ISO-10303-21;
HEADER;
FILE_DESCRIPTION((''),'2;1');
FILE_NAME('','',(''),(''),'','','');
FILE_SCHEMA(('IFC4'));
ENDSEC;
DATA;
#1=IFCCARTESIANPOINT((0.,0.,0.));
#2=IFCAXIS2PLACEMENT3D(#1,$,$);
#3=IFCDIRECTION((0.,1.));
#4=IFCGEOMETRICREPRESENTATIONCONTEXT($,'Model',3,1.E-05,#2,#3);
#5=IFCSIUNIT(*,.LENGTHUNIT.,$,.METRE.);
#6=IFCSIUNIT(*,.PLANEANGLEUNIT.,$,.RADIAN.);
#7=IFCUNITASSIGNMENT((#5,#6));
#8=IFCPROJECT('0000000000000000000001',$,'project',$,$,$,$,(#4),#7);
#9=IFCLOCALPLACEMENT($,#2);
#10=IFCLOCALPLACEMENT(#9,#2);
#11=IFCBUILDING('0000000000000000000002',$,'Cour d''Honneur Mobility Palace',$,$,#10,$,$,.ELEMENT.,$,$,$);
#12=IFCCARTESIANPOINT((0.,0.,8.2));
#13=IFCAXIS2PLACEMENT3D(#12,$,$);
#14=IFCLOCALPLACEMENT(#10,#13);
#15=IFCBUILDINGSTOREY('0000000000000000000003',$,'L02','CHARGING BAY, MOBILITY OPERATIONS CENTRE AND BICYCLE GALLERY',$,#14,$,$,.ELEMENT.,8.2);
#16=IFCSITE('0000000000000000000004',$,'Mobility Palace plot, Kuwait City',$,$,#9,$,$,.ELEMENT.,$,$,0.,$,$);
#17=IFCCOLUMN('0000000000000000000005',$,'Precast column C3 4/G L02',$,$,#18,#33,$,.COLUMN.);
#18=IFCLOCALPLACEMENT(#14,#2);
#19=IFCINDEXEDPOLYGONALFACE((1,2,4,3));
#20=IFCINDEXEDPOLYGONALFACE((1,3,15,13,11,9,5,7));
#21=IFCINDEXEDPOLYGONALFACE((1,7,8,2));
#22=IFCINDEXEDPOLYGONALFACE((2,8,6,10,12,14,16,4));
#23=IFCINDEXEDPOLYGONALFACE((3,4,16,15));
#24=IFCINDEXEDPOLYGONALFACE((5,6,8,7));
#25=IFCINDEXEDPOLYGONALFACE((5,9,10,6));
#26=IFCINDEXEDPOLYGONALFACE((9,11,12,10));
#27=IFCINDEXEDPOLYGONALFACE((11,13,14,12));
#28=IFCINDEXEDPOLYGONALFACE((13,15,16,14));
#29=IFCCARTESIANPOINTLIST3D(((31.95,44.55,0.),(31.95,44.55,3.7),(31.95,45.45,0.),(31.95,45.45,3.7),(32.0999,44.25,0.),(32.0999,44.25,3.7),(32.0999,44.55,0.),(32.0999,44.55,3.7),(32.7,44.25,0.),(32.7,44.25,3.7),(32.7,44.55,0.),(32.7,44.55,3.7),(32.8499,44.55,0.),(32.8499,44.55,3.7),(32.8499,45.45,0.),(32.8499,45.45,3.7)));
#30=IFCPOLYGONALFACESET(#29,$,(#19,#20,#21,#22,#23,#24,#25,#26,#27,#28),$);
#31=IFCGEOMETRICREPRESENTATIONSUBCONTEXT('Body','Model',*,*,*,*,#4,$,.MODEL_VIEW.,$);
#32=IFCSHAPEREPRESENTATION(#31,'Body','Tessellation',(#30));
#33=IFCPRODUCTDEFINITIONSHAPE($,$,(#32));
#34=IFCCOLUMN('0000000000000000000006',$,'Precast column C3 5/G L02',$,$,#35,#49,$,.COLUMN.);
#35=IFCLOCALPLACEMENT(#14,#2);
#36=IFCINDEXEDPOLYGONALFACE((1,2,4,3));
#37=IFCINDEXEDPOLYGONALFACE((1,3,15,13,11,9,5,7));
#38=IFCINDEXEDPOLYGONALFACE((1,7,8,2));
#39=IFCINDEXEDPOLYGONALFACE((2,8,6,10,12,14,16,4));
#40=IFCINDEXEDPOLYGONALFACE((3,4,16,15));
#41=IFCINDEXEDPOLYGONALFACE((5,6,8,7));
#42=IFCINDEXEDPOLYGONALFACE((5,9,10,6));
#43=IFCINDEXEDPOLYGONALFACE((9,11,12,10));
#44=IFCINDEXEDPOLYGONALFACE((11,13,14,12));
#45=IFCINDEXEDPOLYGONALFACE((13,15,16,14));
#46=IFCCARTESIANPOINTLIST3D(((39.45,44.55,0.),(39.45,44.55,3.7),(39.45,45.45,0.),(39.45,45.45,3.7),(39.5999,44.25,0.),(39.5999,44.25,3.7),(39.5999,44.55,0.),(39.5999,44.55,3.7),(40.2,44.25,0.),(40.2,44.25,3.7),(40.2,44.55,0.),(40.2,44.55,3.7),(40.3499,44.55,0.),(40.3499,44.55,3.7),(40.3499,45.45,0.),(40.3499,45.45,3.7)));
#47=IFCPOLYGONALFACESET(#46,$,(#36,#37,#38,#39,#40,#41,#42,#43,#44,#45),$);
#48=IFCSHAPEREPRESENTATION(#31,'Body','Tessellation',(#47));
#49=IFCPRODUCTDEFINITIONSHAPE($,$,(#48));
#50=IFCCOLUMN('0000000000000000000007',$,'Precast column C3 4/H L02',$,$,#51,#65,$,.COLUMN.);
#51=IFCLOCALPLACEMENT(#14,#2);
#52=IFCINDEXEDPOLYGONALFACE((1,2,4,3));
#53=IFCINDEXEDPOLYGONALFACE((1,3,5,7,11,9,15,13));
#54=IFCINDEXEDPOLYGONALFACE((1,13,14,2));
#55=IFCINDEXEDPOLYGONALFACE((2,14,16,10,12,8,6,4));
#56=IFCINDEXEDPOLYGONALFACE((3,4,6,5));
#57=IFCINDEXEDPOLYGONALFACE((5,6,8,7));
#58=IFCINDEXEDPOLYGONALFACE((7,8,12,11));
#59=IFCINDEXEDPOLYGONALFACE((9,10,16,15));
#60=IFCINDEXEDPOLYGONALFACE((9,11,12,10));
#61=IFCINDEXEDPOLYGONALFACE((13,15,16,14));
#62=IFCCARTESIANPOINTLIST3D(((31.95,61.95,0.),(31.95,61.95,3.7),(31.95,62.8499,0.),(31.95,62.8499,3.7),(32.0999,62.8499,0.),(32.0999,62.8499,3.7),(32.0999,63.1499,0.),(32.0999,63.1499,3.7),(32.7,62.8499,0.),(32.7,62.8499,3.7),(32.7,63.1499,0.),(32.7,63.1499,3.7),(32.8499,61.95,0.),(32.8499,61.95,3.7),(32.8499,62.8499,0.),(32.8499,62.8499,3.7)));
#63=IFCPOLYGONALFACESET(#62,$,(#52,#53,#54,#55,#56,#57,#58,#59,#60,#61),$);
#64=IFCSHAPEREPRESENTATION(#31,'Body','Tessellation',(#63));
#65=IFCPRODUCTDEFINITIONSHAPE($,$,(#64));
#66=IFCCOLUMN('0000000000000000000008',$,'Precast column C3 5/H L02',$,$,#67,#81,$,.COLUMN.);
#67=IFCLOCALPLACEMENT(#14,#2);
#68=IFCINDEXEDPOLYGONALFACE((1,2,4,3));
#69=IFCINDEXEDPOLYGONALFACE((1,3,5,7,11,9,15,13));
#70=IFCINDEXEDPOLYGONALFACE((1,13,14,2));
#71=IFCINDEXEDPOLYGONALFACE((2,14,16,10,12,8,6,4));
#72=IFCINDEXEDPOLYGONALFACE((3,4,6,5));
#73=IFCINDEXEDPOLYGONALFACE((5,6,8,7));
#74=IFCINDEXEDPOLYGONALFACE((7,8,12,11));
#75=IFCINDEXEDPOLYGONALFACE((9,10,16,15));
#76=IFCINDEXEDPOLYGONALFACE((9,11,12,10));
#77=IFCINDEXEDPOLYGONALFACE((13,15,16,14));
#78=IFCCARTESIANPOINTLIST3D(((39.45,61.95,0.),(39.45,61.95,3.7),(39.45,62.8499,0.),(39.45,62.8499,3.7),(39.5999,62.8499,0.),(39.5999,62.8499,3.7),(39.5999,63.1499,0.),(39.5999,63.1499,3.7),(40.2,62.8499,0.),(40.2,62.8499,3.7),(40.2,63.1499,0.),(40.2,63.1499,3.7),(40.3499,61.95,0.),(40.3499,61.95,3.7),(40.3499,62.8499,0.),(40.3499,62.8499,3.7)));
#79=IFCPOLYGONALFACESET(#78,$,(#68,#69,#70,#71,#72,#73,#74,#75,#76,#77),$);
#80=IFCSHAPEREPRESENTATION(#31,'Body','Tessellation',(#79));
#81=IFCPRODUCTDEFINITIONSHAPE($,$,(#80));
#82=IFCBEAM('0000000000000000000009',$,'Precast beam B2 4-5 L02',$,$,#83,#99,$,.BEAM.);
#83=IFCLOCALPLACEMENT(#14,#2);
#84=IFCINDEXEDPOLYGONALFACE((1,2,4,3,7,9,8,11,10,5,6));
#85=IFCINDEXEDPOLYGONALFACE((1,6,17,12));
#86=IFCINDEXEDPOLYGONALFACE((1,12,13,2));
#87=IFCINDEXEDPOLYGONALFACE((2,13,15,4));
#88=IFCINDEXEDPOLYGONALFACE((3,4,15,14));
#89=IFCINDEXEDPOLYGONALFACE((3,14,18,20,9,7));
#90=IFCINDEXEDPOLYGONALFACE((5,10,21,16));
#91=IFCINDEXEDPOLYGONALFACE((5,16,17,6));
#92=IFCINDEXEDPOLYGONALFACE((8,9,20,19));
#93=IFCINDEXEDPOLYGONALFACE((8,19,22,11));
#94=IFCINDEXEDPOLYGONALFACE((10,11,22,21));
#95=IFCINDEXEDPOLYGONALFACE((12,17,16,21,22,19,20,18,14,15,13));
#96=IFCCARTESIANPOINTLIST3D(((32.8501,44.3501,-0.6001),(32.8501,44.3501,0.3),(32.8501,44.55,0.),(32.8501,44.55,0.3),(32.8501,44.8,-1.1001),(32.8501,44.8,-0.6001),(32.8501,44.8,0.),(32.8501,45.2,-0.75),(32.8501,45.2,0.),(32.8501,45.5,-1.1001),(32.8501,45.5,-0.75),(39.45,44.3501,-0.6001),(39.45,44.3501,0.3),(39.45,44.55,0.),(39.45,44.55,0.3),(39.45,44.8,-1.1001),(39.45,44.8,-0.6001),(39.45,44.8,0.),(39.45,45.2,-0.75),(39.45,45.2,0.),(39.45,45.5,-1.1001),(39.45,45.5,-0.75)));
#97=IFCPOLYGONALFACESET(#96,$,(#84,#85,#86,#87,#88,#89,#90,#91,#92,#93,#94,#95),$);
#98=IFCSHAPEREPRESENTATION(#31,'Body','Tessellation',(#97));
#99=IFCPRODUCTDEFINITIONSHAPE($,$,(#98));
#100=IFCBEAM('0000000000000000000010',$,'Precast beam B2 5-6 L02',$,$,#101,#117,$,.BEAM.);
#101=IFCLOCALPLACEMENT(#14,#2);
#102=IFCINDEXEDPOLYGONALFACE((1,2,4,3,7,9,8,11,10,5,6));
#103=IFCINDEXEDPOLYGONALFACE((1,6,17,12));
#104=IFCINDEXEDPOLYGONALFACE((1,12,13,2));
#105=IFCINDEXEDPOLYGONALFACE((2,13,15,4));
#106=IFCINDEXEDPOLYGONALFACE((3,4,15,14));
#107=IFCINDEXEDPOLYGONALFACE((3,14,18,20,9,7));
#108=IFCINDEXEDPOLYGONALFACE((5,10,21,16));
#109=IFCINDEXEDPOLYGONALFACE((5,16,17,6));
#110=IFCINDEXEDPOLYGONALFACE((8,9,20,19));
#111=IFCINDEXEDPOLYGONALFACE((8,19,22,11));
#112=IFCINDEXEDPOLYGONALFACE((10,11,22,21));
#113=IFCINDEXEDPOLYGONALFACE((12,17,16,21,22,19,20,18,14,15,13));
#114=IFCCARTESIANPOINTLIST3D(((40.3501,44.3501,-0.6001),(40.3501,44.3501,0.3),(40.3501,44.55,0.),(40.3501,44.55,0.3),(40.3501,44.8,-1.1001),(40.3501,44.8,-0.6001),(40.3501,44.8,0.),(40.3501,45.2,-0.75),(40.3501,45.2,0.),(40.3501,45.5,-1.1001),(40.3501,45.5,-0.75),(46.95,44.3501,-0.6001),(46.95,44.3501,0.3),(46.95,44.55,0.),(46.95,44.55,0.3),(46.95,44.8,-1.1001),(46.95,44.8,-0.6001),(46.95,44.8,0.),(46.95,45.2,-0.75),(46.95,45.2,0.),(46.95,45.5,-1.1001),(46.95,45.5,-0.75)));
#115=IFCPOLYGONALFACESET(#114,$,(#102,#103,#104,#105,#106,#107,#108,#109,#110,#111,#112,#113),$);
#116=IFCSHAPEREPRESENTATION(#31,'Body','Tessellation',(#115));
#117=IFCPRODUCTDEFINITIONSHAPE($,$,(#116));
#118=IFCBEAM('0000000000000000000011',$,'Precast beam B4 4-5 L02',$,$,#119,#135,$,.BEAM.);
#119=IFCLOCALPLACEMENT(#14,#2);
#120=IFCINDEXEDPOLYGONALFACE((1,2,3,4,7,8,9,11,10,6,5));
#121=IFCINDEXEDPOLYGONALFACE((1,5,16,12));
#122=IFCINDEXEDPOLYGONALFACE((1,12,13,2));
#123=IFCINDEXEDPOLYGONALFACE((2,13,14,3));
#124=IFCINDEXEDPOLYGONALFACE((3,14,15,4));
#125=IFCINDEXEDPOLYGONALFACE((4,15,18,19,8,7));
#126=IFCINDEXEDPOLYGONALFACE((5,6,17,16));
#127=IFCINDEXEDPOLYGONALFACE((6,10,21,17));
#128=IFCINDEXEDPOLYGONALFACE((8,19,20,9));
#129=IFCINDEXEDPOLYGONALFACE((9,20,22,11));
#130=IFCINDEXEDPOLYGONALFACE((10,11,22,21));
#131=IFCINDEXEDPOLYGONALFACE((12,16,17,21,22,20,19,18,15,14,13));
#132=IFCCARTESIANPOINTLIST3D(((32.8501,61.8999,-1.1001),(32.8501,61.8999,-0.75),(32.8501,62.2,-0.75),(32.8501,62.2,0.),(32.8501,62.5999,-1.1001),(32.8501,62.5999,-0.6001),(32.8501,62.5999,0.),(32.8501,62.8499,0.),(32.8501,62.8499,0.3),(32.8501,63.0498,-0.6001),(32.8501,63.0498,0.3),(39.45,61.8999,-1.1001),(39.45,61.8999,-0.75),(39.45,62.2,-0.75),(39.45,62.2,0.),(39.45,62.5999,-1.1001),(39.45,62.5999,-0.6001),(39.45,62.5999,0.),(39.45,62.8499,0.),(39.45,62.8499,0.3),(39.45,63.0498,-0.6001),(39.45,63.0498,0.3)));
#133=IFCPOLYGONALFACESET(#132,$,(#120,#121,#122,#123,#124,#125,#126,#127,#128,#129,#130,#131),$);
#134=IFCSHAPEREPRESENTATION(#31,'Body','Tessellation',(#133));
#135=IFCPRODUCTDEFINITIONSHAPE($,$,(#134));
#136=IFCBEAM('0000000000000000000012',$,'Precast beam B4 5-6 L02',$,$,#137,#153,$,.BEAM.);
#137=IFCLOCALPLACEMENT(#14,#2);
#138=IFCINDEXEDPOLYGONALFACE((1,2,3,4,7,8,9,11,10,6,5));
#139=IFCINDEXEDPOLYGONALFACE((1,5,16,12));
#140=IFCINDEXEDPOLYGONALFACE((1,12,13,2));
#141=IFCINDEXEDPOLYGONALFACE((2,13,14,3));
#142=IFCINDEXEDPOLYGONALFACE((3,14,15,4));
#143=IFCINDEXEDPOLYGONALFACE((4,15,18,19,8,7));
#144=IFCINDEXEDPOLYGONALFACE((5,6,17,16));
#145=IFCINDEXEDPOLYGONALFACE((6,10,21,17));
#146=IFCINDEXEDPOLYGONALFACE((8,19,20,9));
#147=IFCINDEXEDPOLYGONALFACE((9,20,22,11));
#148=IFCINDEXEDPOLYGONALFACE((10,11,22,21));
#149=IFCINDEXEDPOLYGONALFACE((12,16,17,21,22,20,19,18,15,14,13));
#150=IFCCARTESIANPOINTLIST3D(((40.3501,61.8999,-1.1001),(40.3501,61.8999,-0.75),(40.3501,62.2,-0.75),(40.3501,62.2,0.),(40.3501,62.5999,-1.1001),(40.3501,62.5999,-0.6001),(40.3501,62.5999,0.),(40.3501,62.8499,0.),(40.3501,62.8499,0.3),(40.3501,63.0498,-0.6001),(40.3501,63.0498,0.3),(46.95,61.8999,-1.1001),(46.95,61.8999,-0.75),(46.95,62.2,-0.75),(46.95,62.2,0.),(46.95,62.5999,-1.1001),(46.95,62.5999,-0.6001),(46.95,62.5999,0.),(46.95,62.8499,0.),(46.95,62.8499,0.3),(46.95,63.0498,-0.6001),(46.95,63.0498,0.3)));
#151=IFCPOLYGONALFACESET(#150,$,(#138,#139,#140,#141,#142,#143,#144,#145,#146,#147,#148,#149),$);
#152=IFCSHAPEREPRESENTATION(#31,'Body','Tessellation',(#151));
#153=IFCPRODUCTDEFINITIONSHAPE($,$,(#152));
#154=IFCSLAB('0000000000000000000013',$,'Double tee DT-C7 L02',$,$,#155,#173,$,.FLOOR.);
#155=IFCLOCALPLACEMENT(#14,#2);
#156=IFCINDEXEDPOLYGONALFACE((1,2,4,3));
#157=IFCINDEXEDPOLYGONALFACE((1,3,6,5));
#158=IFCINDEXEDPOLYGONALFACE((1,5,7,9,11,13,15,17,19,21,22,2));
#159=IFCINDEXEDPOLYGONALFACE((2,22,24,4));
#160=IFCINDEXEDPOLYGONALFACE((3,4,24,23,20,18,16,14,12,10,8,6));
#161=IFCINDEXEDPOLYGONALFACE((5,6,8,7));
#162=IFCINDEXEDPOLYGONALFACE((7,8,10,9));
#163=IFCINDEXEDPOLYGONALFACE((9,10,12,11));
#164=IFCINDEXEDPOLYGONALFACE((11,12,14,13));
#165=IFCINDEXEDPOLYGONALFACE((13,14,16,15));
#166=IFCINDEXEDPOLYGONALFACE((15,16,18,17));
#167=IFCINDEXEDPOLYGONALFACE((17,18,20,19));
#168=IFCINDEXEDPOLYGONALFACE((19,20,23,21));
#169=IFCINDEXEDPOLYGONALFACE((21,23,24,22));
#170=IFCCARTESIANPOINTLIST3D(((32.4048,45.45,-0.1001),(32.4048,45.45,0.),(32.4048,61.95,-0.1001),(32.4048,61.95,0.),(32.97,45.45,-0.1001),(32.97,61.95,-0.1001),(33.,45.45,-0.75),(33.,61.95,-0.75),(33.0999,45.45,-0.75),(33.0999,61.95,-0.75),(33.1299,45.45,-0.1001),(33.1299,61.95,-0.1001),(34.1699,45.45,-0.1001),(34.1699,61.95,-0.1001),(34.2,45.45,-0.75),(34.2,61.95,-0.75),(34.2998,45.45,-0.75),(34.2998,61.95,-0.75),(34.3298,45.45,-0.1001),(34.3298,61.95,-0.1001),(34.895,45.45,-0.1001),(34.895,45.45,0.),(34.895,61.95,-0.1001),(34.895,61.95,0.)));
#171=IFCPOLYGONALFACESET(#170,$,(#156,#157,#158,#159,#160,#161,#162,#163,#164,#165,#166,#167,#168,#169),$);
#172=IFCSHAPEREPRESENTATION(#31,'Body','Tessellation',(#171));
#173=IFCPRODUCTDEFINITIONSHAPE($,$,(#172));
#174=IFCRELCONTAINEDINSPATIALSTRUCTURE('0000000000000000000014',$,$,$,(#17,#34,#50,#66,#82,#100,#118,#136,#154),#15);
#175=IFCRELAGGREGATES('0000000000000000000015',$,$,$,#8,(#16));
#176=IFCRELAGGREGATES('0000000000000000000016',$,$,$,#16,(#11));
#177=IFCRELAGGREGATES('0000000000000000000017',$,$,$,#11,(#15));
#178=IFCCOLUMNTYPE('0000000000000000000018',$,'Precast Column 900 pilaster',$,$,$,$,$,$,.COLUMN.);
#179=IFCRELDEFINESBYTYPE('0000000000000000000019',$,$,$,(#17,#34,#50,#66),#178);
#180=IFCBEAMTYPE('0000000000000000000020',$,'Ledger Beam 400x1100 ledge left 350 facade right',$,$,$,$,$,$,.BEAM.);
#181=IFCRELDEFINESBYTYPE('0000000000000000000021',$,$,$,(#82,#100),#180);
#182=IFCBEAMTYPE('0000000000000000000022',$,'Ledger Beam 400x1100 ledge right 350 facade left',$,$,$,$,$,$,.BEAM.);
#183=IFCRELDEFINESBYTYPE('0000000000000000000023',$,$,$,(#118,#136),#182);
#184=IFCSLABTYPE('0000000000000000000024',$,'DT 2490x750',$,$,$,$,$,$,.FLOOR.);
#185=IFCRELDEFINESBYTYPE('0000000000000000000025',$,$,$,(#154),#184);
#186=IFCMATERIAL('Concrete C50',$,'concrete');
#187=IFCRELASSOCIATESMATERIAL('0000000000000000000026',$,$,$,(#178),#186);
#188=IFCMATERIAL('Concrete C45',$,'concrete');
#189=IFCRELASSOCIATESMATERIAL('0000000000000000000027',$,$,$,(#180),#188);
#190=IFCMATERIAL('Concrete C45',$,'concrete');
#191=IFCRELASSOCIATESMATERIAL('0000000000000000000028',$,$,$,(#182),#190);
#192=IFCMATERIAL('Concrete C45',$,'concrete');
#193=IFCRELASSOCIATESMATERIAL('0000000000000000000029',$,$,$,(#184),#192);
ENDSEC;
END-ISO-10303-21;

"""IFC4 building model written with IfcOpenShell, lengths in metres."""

from ifc_helpers import new_model, si_unit, direction, frame, origin, place, context, subcontext, project, spatial, polyline, outline, extrude, material, material_profile, profile_set, type_object, element, save


model = new_model("IFC4")

# Units and contexts
model_context = context("Model", 3, precision=1e-05, world=origin(), true_north=direction((0.0, 1.0)))
body_context = subcontext(model_context, "Body", "Model", "MODEL_VIEW")
ifc_project = project(units=[si_unit("LENGTHUNIT", "METRE"), si_unit("PLANEANGLEUNIT", "RADIAN")], contexts=[model_context])

# Site, building, storey
site_placement = place(None, origin())
site = spatial("IfcSite", under=ifc_project, at=site_placement, Name="Mobility Palace plot, Kuwait City", CompositionType="ELEMENT", RefElevation=0.0)
building_placement = place(site_placement, origin())
building = spatial("IfcBuilding", under=site, at=building_placement, Name="Cour d'Honneur Mobility Palace", CompositionType="ELEMENT")
storey_placement = place(building_placement, frame((0.0, 0.0, 8.2)))
storey = spatial("IfcBuildingStorey", under=building, at=storey_placement, Name="L02", Description="CHARGING BAY, MOBILITY OPERATIONS CENTRE AND BICYCLE GALLERY", CompositionType="ELEMENT", Elevation=8.2)

# Columns
ifc_material_1 = material(Name="Concrete C50", Category="concrete")
ifc_material_profile_1 = material_profile(ifc_material_1, outline(polyline([(-0.45, -0.45), (0.45, -0.45), (0.45, -0.3), (0.75, -0.3), (0.75, 0.3), (0.45, 0.3), (0.45, 0.45), (-0.45, 0.45), (-0.45, -0.45)])), Name="PC C900 pilaster")
ifc_profile_set_1 = profile_set([ifc_material_profile_1], Name="Concrete C50")
column_type = type_object("IfcColumnType", Name="Precast Column 900 pilaster", PredefinedType="COLUMN", material=ifc_profile_set_1)
for number, where, z_axis, x_axis, name in (
    (1, (32.3999, 45.0, 0.0), (0.0, 0.0, 1.0), (0.0, -1.0, 0.0), "Precast column C3 4/G L02"),
    (2, (39.8999, 45.0, 0.0), (0.0, 0.0, 1.0), (0.0, -1.0, 0.0), "Precast column C3 5/G L02"),
    (3, (32.3999, 62.3999, 0.0), (0.0, 0.0, 1.0), (0.0, 1.0, 0.0), "Precast column C3 4/H L02"),
    (4, (39.8999, 62.3999, 0.0), (0.0, 0.0, 1.0), (0.0, 1.0, 0.0), "Precast column C3 5/H L02"),
):
    element("IfcColumn", number, at=place(storey_placement, frame(where, z_axis=z_axis, x_axis=x_axis)), inside=storey, type_object=column_type, Name=name, PredefinedType="COLUMN", context=body_context, shape_type="SweptSolid", body=[
        extrude(outline(polyline([(-0.45, -0.45), (0.45, -0.45), (0.45, -0.3), (0.75, -0.3), (0.75, 0.3), (0.45, 0.3), (0.45, 0.45), (-0.45, 0.45), (-0.45, -0.45)])), origin(), (0.0, 0.0, 1.0), 3.7),
    ])

# Beams
ifc_material_2 = material(Name="Concrete C45", Category="concrete")
ifc_material_profile_2 = material_profile(ifc_material_2, outline(polyline([(0.5, -1.1001), (0.5, -0.75), (0.2, -0.75), (0.2, 0.0), (-0.2, 0.0), (-0.45, 0.0), (-0.45, 0.3), (-0.6499, 0.3), (-0.6499, -0.6001), (-0.2, -0.6001), (-0.2, -1.1001), (0.5, -1.1001)])), Name="Ledger Beam 400x1100 ledge left 350 facade right")
ifc_profile_set_2 = profile_set([ifc_material_profile_2], Name="Concrete C45")
beam_type_1 = type_object("IfcBeamType", Name="Ledger Beam 400x1100 ledge left 350 facade right", PredefinedType="BEAM", material=ifc_profile_set_2)
for number, where, z_axis, x_axis, name in (
    (5, (32.8501, 45.0, 0.0), (1.0, 0.0, 0.0), (0.0, 1.0, 0.0), "Precast beam B2 4-5 L02"),
    (6, (40.3501, 45.0, 0.0), (1.0, 0.0, 0.0), (0.0, 1.0, 0.0), "Precast beam B2 5-6 L02"),
):
    element("IfcBeam", number, at=place(storey_placement, frame(where, z_axis=z_axis, x_axis=x_axis)), inside=storey, type_object=beam_type_1, Name=name, PredefinedType="BEAM", context=body_context, shape_type="SweptSolid", body=[
        extrude(outline(polyline([(0.5, -1.1001), (0.5, -0.75), (0.2, -0.75), (0.2, 0.0), (-0.2, 0.0), (-0.45, 0.0), (-0.45, 0.3), (-0.6499, 0.3), (-0.6499, -0.6001), (-0.2, -0.6001), (-0.2, -1.1001), (0.5, -1.1001)])), origin(), (0.0, 0.0, 1.0), 6.5999),
    ])
ifc_material_3 = material(Name="Concrete C45", Category="concrete")
ifc_material_profile_3 = material_profile(ifc_material_3, outline(polyline([(0.2, -1.1001), (0.2, -0.6001), (0.6499, -0.6001), (0.6499, 0.3), (0.45, 0.3), (0.45, 0.0), (0.2, 0.0), (-0.2, 0.0), (-0.2, -0.75), (-0.5, -0.75), (-0.5, -1.1001), (0.2, -1.1001)])), Name="Ledger Beam 400x1100 ledge right 350 facade left")
ifc_profile_set_3 = profile_set([ifc_material_profile_3], Name="Concrete C45")
beam_type_2 = type_object("IfcBeamType", Name="Ledger Beam 400x1100 ledge right 350 facade left", PredefinedType="BEAM", material=ifc_profile_set_3)
for number, where, z_axis, x_axis, name in (
    (7, (32.8501, 62.3999, 0.0), (1.0, 0.0, 0.0), (0.0, 1.0, 0.0), "Precast beam B4 4-5 L02"),
    (8, (40.3501, 62.3999, 0.0), (1.0, 0.0, 0.0), (0.0, 1.0, 0.0), "Precast beam B4 5-6 L02"),
):
    element("IfcBeam", number, at=place(storey_placement, frame(where, z_axis=z_axis, x_axis=x_axis)), inside=storey, type_object=beam_type_2, Name=name, PredefinedType="BEAM", context=body_context, shape_type="SweptSolid", body=[
        extrude(outline(polyline([(0.2, -1.1001), (0.2, -0.6001), (0.6499, -0.6001), (0.6499, 0.3), (0.45, 0.3), (0.45, 0.0), (0.2, 0.0), (-0.2, 0.0), (-0.2, -0.75), (-0.5, -0.75), (-0.5, -1.1001), (0.2, -1.1001)])), origin(), (0.0, 0.0, 1.0), 6.5999),
    ])

# Slab
ifc_material_4 = material(Name="Concrete C45", Category="concrete")
ifc_material_profile_4 = material_profile(ifc_material_4, outline(polyline([(-1.2451, 0.0), (1.2451, 0.0), (1.2451, -0.1001), (0.6799, -0.1001), (0.6499, -0.75), (0.55, -0.75), (0.52, -0.1001), (-0.52, -0.1001), (-0.55, -0.75), (-0.6499, -0.75), (-0.6799, -0.1001), (-1.2451, -0.1001), (-1.2451, 0.0)])), Name="DT 2490x750")
ifc_profile_set_4 = profile_set([ifc_material_profile_4], Name="Concrete C45")
slab_type = type_object("IfcSlabType", Name="DT 2490x750", PredefinedType="FLOOR", material=ifc_profile_set_4)
slab_1_placement = place(storey_placement, frame((33.6499, 45.45, 0.0), z_axis=(0.0, 1.0, 0.0), x_axis=(-1.0, 0.0, 0.0)))
element("IfcSlab", 9, at=slab_1_placement, inside=storey, type_object=slab_type, Name="Double tee DT-C7 L02", PredefinedType="FLOOR", context=body_context, shape_type="SweptSolid", body=[
    extrude(outline(polyline([(-1.2451, 0.0), (1.2451, 0.0), (1.2451, -0.1001), (0.6799, -0.1001), (0.6499, -0.75), (0.55, -0.75), (0.52, -0.1001), (-0.52, -0.1001), (-0.55, -0.75), (-0.6499, -0.75), (-0.6799, -0.1001), (-1.2451, -0.1001), (-1.2451, 0.0)])), origin(), (0.0, 0.0, 1.0), 16.5),
])

save(model, "model.ifc")
